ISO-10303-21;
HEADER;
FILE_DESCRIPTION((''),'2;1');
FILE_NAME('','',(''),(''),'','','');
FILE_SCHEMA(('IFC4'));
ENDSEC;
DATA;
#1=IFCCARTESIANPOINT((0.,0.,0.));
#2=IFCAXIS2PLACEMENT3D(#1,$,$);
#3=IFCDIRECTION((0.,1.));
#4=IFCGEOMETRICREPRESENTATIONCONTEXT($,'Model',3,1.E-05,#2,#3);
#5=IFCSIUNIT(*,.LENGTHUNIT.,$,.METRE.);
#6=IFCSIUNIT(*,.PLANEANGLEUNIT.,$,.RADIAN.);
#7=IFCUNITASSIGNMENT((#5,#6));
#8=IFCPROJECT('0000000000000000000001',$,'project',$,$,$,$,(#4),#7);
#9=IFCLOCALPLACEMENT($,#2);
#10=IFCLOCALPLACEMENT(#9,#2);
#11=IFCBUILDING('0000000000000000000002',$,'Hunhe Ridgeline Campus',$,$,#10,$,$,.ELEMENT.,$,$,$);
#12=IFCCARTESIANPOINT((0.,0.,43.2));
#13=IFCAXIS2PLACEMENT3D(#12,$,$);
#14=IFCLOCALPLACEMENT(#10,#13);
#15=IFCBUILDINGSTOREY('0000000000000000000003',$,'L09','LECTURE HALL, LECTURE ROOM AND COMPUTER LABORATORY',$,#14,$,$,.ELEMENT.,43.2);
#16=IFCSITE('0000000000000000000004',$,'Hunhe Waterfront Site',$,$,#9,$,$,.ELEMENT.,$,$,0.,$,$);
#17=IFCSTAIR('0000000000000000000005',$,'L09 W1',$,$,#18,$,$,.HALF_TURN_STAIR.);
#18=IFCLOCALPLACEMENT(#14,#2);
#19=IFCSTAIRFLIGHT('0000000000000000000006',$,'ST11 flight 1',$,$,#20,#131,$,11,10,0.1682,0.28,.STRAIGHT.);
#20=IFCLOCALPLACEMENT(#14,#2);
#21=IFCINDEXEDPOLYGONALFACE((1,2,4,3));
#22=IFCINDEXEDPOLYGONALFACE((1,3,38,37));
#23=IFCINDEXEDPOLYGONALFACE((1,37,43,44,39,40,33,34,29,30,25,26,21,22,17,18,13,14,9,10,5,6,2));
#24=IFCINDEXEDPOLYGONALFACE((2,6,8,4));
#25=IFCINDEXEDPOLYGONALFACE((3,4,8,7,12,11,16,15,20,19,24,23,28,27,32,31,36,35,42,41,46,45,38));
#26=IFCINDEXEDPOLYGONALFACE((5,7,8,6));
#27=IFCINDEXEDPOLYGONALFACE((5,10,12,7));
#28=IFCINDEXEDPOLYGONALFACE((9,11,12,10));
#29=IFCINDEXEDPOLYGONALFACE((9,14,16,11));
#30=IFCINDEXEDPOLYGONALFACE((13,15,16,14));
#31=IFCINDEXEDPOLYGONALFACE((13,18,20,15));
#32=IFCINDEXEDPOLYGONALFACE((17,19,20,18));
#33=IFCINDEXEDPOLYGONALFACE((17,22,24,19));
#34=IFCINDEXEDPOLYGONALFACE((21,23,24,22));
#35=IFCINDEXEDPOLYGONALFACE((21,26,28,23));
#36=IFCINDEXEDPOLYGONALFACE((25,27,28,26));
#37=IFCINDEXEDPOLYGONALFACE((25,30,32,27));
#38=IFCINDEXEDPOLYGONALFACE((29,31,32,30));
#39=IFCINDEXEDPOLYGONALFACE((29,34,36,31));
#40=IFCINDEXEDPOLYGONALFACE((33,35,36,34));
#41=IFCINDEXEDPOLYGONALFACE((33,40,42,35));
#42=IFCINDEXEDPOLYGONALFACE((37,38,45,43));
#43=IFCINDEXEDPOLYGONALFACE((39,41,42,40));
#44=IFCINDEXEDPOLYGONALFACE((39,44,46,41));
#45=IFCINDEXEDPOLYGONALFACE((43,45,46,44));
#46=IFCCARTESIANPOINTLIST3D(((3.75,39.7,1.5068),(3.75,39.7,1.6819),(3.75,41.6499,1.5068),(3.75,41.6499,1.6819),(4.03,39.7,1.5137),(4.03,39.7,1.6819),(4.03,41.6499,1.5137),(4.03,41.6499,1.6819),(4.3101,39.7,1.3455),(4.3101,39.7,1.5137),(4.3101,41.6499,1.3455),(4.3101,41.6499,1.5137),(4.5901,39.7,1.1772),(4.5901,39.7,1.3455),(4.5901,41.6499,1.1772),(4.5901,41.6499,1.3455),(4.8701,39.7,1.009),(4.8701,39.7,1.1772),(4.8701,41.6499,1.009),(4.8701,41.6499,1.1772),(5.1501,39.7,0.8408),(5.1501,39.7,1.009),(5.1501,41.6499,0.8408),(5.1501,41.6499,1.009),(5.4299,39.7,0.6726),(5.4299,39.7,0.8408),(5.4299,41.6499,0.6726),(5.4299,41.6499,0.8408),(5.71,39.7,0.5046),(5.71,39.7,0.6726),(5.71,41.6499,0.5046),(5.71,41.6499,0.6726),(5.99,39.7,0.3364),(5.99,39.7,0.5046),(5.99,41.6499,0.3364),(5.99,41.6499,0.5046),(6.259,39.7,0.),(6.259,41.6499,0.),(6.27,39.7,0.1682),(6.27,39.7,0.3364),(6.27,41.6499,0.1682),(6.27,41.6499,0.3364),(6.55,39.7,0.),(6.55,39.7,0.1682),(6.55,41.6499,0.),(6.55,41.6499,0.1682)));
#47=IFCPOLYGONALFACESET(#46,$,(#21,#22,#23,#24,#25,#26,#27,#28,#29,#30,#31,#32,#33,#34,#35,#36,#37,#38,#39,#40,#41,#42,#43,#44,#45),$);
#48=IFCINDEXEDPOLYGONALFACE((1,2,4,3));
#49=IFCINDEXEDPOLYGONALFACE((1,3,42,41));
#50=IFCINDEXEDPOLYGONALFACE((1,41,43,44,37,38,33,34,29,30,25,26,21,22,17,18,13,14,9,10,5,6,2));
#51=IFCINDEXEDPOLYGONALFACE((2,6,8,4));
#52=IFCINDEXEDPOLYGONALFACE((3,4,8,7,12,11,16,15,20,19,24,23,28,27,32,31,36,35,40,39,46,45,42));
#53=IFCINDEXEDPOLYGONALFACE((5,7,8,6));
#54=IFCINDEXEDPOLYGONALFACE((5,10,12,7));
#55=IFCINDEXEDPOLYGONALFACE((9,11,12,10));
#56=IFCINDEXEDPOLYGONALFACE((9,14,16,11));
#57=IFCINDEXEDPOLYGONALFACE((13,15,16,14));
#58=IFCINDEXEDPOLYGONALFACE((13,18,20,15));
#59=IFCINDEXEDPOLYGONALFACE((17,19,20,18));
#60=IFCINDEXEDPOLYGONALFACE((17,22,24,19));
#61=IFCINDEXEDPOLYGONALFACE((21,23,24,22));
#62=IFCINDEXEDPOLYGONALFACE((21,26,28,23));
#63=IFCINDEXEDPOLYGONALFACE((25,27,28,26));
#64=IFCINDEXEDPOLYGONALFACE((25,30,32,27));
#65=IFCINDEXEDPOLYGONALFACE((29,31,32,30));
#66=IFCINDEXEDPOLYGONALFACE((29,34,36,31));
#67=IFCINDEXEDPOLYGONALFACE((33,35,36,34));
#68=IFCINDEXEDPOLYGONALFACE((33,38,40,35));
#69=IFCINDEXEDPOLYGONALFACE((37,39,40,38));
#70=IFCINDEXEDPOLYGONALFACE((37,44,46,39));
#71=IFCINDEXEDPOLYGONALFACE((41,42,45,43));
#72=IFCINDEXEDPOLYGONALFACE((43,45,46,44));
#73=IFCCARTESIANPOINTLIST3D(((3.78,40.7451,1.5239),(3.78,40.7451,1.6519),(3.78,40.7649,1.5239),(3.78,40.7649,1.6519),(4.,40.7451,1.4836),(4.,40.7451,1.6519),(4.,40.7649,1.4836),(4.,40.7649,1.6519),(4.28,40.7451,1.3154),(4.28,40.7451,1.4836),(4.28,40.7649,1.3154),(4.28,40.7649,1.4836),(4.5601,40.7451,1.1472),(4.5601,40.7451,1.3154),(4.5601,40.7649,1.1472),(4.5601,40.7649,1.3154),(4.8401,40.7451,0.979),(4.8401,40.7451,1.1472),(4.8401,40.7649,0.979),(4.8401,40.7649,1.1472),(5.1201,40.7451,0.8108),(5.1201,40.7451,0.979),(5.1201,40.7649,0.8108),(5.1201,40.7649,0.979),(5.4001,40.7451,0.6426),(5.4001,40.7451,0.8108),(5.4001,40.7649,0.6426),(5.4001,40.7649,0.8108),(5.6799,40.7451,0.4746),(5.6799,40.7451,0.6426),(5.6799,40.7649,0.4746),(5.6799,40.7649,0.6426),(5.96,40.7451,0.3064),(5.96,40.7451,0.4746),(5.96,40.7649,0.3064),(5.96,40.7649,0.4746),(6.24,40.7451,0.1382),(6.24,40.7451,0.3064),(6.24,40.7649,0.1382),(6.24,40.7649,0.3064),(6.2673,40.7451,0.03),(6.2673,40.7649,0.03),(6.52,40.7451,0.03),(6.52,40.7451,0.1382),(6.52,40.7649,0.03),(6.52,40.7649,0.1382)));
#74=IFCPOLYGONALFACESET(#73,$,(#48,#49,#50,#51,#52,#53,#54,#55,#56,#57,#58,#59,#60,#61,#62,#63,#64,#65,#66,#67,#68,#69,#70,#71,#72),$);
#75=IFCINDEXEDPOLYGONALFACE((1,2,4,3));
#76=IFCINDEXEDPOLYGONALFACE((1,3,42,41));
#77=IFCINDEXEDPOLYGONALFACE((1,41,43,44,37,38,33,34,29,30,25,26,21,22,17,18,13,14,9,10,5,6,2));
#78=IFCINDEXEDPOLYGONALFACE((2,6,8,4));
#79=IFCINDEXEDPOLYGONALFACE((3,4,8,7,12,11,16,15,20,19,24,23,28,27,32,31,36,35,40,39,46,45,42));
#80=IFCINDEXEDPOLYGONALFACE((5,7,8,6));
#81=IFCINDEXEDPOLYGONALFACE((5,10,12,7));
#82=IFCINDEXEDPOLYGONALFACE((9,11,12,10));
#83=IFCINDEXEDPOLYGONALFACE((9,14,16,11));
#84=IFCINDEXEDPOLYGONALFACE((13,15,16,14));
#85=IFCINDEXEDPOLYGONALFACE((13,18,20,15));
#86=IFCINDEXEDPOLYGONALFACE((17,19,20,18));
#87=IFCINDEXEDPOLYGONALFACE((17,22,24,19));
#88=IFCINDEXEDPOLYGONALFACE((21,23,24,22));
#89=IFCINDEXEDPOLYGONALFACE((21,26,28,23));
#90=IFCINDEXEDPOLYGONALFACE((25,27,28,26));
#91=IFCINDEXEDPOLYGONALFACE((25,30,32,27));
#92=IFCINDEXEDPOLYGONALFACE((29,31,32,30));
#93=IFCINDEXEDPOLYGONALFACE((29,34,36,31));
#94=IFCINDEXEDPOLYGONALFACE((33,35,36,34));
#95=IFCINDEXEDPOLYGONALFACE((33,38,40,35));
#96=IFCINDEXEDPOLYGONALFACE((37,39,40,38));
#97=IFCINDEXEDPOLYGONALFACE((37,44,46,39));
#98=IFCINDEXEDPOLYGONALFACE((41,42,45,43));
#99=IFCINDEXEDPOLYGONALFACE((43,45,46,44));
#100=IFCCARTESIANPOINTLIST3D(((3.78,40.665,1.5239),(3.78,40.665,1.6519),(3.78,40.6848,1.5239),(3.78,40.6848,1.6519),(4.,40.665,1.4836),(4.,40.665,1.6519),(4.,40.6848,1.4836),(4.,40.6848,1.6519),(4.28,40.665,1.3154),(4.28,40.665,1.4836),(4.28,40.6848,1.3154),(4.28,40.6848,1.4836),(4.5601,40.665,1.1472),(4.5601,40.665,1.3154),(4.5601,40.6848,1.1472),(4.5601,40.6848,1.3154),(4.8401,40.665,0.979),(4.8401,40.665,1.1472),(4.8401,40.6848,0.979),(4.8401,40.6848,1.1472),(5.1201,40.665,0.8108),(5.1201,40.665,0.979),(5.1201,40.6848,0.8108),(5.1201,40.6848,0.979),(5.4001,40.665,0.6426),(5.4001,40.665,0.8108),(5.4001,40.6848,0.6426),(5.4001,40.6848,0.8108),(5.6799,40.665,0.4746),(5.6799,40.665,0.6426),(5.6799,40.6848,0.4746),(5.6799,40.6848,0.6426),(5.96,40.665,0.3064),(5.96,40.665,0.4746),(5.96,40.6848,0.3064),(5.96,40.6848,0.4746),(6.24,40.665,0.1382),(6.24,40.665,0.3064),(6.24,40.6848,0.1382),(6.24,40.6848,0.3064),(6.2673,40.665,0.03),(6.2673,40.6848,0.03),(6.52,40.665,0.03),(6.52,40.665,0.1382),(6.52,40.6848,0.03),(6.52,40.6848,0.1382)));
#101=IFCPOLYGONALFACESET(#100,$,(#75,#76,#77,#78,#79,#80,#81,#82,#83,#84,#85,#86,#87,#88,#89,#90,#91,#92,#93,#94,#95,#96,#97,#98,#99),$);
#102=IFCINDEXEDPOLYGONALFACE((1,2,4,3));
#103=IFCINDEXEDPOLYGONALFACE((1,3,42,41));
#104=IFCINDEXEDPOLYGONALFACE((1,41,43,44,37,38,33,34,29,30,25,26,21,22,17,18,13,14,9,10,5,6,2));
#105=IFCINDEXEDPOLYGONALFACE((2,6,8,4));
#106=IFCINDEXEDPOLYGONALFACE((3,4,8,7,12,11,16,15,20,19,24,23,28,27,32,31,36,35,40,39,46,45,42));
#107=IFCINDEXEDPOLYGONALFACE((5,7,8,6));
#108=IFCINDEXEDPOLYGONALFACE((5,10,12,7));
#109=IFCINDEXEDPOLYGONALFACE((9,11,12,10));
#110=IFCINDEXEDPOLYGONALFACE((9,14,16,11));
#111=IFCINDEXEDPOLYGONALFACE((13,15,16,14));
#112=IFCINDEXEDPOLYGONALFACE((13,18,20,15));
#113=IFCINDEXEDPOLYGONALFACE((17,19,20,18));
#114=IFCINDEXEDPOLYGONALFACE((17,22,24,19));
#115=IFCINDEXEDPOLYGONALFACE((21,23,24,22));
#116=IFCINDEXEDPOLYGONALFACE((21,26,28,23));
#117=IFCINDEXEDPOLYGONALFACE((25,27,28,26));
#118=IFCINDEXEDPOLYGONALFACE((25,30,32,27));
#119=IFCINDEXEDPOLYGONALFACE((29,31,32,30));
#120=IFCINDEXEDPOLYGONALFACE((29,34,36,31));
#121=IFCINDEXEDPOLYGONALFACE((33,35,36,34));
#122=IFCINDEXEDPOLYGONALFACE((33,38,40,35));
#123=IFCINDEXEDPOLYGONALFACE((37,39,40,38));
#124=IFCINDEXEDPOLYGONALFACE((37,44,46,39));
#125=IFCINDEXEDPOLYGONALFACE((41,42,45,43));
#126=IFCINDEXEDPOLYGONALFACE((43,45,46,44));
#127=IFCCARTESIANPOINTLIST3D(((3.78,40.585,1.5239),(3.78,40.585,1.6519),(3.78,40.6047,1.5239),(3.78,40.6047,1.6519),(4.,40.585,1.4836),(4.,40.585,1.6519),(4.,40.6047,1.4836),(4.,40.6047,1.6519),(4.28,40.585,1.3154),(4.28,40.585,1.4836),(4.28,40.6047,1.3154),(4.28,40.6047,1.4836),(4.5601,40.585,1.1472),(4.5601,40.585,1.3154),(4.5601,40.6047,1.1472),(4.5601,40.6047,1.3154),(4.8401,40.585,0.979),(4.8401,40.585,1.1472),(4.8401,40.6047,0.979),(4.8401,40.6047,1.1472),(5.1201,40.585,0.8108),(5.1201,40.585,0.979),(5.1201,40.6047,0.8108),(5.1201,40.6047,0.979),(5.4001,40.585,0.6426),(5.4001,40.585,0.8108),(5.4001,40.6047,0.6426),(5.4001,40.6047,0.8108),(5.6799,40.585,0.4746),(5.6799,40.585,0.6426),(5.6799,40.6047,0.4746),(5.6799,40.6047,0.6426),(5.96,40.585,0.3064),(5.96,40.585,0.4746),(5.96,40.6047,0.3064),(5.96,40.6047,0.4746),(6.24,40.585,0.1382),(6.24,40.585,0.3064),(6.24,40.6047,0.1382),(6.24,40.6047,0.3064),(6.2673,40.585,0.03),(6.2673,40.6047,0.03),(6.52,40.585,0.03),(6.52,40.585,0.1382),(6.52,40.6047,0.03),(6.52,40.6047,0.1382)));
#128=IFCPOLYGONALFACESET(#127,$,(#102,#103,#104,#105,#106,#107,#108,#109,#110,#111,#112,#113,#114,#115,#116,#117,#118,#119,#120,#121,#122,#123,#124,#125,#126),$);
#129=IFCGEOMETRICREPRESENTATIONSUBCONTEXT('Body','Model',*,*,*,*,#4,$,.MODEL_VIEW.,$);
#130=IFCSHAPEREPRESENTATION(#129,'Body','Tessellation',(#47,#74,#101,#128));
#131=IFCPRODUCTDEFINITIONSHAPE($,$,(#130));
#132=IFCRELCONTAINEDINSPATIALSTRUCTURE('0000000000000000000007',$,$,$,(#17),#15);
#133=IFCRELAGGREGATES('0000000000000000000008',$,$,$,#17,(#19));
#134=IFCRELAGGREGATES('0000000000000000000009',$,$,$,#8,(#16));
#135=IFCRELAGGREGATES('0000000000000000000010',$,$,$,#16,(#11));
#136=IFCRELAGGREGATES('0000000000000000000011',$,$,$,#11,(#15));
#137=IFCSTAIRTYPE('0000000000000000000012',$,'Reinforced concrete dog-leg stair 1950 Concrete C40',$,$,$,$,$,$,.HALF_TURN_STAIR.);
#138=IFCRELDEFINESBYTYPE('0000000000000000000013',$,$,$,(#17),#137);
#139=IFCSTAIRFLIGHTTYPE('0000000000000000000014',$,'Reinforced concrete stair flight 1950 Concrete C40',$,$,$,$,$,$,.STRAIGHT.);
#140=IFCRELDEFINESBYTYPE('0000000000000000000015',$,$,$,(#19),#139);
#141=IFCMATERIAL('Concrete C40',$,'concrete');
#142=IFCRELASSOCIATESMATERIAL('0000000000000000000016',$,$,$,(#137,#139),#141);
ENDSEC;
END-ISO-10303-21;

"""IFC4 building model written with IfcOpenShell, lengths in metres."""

from ifc_helpers import new_model, si_unit, direction, frame, origin, place, context, subcontext, project, spatial, polyline, outline, extrude, material, type_object, element, aggregate, save


model = new_model("IFC4")

# Units and contexts
model_context = context("Model", 3, precision=1e-05, world=origin(), true_north=direction((0.0, 1.0)))
body_context = subcontext(model_context, "Body", "Model", "MODEL_VIEW")
ifc_project = project(units=[si_unit("LENGTHUNIT", "METRE"), si_unit("PLANEANGLEUNIT", "RADIAN")], contexts=[model_context])

# Site, building, storey
site_placement = place(None, origin())
site = spatial("IfcSite", under=ifc_project, at=site_placement, Name="Hunhe Waterfront Site", CompositionType="ELEMENT", RefElevation=0.0)
building_placement = place(site_placement, origin())
building = spatial("IfcBuilding", under=site, at=building_placement, Name="Hunhe Ridgeline Campus", CompositionType="ELEMENT")
storey_placement = place(building_placement, frame((0.0, 0.0, 43.2)))
storey = spatial("IfcBuildingStorey", under=building, at=storey_placement, Name="L09", Description="LECTURE HALL, LECTURE ROOM AND COMPUTER LABORATORY", CompositionType="ELEMENT", Elevation=43.2)

# Stair, stair flight
ifc_material_1 = material(Name="Concrete C40", Category="concrete")
stair_type = type_object("IfcStairType", Name="Reinforced concrete dog-leg stair 1950 Concrete C40", PredefinedType="HALF_TURN_STAIR", material=ifc_material_1)
stair_placement = place(storey_placement, origin())
stair = element("IfcStair", 1, at=stair_placement, inside=storey, type_object=stair_type, Name="L09 W1", PredefinedType="HALF_TURN_STAIR")
stair_flight_type = type_object("IfcStairFlightType", Name="Reinforced concrete stair flight 1950 Concrete C40", PredefinedType="STRAIGHT", material=ifc_material_1)
stair_flight_1_placement = place(storey_placement, frame((6.55, 40.675, 0.0), z_axis=(0.0, 0.0, 1.0), x_axis=(-1.0, 0.0, 0.0)))
stair_flight_1 = element("IfcStairFlight", 2, at=stair_flight_1_placement, type_object=stair_flight_type, Name="ST11 flight 1", NumberOfRisers=11, NumberOfTreads=10, PredefinedType="STRAIGHT", RiserHeight=0.1682, TreadLength=0.28, context=body_context, shape_type="SweptSolid", body=[
    extrude(outline(polyline([(0.0, 0.0), (0.0, 0.1682), (0.28, 0.1682), (0.28, 0.3364), (0.5601, 0.3364), (0.5601, 0.5046), (0.8401, 0.5046), (0.8401, 0.6726), (1.1201, 0.6726), (1.1201, 0.8408), (1.3999, 0.8408), (1.3999, 1.009), (1.6799, 1.009), (1.6799, 1.1772), (1.96, 1.1772), (1.96, 1.3455), (2.24, 1.3455), (2.24, 1.5137), (2.52, 1.5137), (2.52, 1.6819), (2.8, 1.6819), (2.8, 1.8501), (2.8, 1.5068), (0.291, 0.0), (0.0, 0.0)])), frame((0.0, 0.9751, 0.0), z_axis=(0.0, -1.0, 0.0), x_axis=(1.0, 0.0, 0.0)), (0.0, 0.0, 1.0), 1.95),
    extrude(outline(polyline([(0.03, 0.03), (0.03, 0.1382), (0.3101, 0.1382), (0.3101, 0.3064), (0.5901, 0.3064), (0.5901, 0.4746), (0.8701, 0.4746), (0.8701, 0.6426), (1.1499, 0.6426), (1.1499, 0.8108), (1.4299, 0.8108), (1.4299, 0.979), (1.71, 0.979), (1.71, 1.1472), (1.99, 1.1472), (1.99, 1.3154), (2.27, 1.3154), (2.27, 1.4836), (2.55, 1.4836), (2.55, 1.6519), (2.77, 1.6519), (2.77, 1.5239), (0.2827, 0.03), (0.03, 0.03)])), frame((0.0, -0.0701, 0.0), z_axis=(0.0, -1.0, 0.0), x_axis=(1.0, 0.0, 0.0)), (0.0, 0.0, 1.0), 0.0198),
    extrude(outline(polyline([(0.03, 0.03), (0.03, 0.1382), (0.3101, 0.1382), (0.3101, 0.3064), (0.5901, 0.3064), (0.5901, 0.4746), (0.8701, 0.4746), (0.8701, 0.6426), (1.1499, 0.6426), (1.1499, 0.8108), (1.4299, 0.8108), (1.4299, 0.979), (1.71, 0.979), (1.71, 1.1472), (1.99, 1.1472), (1.99, 1.3154), (2.27, 1.3154), (2.27, 1.4836), (2.55, 1.4836), (2.55, 1.6519), (2.77, 1.6519), (2.77, 1.5239), (0.2827, 0.03), (0.03, 0.03)])), frame((0.0, 0.01, 0.0), z_axis=(0.0, -1.0, 0.0), x_axis=(1.0, 0.0, 0.0)), (0.0, 0.0, 1.0), 0.0198),
    extrude(outline(polyline([(0.03, 0.03), (0.03, 0.1382), (0.3101, 0.1382), (0.3101, 0.3064), (0.5901, 0.3064), (0.5901, 0.4746), (0.8701, 0.4746), (0.8701, 0.6426), (1.1499, 0.6426), (1.1499, 0.8108), (1.4299, 0.8108), (1.4299, 0.979), (1.71, 0.979), (1.71, 1.1472), (1.99, 1.1472), (1.99, 1.3154), (2.27, 1.3154), (2.27, 1.4836), (2.55, 1.4836), (2.55, 1.6519), (2.77, 1.6519), (2.77, 1.5239), (0.2827, 0.03), (0.03, 0.03)])), frame((0.0, 0.0901, 0.0), z_axis=(0.0, -1.0, 0.0), x_axis=(1.0, 0.0, 0.0)), (0.0, 0.0, 1.0), 0.0198),
])
aggregate(stair, [stair_flight_1])

save(model, "model.ifc")
